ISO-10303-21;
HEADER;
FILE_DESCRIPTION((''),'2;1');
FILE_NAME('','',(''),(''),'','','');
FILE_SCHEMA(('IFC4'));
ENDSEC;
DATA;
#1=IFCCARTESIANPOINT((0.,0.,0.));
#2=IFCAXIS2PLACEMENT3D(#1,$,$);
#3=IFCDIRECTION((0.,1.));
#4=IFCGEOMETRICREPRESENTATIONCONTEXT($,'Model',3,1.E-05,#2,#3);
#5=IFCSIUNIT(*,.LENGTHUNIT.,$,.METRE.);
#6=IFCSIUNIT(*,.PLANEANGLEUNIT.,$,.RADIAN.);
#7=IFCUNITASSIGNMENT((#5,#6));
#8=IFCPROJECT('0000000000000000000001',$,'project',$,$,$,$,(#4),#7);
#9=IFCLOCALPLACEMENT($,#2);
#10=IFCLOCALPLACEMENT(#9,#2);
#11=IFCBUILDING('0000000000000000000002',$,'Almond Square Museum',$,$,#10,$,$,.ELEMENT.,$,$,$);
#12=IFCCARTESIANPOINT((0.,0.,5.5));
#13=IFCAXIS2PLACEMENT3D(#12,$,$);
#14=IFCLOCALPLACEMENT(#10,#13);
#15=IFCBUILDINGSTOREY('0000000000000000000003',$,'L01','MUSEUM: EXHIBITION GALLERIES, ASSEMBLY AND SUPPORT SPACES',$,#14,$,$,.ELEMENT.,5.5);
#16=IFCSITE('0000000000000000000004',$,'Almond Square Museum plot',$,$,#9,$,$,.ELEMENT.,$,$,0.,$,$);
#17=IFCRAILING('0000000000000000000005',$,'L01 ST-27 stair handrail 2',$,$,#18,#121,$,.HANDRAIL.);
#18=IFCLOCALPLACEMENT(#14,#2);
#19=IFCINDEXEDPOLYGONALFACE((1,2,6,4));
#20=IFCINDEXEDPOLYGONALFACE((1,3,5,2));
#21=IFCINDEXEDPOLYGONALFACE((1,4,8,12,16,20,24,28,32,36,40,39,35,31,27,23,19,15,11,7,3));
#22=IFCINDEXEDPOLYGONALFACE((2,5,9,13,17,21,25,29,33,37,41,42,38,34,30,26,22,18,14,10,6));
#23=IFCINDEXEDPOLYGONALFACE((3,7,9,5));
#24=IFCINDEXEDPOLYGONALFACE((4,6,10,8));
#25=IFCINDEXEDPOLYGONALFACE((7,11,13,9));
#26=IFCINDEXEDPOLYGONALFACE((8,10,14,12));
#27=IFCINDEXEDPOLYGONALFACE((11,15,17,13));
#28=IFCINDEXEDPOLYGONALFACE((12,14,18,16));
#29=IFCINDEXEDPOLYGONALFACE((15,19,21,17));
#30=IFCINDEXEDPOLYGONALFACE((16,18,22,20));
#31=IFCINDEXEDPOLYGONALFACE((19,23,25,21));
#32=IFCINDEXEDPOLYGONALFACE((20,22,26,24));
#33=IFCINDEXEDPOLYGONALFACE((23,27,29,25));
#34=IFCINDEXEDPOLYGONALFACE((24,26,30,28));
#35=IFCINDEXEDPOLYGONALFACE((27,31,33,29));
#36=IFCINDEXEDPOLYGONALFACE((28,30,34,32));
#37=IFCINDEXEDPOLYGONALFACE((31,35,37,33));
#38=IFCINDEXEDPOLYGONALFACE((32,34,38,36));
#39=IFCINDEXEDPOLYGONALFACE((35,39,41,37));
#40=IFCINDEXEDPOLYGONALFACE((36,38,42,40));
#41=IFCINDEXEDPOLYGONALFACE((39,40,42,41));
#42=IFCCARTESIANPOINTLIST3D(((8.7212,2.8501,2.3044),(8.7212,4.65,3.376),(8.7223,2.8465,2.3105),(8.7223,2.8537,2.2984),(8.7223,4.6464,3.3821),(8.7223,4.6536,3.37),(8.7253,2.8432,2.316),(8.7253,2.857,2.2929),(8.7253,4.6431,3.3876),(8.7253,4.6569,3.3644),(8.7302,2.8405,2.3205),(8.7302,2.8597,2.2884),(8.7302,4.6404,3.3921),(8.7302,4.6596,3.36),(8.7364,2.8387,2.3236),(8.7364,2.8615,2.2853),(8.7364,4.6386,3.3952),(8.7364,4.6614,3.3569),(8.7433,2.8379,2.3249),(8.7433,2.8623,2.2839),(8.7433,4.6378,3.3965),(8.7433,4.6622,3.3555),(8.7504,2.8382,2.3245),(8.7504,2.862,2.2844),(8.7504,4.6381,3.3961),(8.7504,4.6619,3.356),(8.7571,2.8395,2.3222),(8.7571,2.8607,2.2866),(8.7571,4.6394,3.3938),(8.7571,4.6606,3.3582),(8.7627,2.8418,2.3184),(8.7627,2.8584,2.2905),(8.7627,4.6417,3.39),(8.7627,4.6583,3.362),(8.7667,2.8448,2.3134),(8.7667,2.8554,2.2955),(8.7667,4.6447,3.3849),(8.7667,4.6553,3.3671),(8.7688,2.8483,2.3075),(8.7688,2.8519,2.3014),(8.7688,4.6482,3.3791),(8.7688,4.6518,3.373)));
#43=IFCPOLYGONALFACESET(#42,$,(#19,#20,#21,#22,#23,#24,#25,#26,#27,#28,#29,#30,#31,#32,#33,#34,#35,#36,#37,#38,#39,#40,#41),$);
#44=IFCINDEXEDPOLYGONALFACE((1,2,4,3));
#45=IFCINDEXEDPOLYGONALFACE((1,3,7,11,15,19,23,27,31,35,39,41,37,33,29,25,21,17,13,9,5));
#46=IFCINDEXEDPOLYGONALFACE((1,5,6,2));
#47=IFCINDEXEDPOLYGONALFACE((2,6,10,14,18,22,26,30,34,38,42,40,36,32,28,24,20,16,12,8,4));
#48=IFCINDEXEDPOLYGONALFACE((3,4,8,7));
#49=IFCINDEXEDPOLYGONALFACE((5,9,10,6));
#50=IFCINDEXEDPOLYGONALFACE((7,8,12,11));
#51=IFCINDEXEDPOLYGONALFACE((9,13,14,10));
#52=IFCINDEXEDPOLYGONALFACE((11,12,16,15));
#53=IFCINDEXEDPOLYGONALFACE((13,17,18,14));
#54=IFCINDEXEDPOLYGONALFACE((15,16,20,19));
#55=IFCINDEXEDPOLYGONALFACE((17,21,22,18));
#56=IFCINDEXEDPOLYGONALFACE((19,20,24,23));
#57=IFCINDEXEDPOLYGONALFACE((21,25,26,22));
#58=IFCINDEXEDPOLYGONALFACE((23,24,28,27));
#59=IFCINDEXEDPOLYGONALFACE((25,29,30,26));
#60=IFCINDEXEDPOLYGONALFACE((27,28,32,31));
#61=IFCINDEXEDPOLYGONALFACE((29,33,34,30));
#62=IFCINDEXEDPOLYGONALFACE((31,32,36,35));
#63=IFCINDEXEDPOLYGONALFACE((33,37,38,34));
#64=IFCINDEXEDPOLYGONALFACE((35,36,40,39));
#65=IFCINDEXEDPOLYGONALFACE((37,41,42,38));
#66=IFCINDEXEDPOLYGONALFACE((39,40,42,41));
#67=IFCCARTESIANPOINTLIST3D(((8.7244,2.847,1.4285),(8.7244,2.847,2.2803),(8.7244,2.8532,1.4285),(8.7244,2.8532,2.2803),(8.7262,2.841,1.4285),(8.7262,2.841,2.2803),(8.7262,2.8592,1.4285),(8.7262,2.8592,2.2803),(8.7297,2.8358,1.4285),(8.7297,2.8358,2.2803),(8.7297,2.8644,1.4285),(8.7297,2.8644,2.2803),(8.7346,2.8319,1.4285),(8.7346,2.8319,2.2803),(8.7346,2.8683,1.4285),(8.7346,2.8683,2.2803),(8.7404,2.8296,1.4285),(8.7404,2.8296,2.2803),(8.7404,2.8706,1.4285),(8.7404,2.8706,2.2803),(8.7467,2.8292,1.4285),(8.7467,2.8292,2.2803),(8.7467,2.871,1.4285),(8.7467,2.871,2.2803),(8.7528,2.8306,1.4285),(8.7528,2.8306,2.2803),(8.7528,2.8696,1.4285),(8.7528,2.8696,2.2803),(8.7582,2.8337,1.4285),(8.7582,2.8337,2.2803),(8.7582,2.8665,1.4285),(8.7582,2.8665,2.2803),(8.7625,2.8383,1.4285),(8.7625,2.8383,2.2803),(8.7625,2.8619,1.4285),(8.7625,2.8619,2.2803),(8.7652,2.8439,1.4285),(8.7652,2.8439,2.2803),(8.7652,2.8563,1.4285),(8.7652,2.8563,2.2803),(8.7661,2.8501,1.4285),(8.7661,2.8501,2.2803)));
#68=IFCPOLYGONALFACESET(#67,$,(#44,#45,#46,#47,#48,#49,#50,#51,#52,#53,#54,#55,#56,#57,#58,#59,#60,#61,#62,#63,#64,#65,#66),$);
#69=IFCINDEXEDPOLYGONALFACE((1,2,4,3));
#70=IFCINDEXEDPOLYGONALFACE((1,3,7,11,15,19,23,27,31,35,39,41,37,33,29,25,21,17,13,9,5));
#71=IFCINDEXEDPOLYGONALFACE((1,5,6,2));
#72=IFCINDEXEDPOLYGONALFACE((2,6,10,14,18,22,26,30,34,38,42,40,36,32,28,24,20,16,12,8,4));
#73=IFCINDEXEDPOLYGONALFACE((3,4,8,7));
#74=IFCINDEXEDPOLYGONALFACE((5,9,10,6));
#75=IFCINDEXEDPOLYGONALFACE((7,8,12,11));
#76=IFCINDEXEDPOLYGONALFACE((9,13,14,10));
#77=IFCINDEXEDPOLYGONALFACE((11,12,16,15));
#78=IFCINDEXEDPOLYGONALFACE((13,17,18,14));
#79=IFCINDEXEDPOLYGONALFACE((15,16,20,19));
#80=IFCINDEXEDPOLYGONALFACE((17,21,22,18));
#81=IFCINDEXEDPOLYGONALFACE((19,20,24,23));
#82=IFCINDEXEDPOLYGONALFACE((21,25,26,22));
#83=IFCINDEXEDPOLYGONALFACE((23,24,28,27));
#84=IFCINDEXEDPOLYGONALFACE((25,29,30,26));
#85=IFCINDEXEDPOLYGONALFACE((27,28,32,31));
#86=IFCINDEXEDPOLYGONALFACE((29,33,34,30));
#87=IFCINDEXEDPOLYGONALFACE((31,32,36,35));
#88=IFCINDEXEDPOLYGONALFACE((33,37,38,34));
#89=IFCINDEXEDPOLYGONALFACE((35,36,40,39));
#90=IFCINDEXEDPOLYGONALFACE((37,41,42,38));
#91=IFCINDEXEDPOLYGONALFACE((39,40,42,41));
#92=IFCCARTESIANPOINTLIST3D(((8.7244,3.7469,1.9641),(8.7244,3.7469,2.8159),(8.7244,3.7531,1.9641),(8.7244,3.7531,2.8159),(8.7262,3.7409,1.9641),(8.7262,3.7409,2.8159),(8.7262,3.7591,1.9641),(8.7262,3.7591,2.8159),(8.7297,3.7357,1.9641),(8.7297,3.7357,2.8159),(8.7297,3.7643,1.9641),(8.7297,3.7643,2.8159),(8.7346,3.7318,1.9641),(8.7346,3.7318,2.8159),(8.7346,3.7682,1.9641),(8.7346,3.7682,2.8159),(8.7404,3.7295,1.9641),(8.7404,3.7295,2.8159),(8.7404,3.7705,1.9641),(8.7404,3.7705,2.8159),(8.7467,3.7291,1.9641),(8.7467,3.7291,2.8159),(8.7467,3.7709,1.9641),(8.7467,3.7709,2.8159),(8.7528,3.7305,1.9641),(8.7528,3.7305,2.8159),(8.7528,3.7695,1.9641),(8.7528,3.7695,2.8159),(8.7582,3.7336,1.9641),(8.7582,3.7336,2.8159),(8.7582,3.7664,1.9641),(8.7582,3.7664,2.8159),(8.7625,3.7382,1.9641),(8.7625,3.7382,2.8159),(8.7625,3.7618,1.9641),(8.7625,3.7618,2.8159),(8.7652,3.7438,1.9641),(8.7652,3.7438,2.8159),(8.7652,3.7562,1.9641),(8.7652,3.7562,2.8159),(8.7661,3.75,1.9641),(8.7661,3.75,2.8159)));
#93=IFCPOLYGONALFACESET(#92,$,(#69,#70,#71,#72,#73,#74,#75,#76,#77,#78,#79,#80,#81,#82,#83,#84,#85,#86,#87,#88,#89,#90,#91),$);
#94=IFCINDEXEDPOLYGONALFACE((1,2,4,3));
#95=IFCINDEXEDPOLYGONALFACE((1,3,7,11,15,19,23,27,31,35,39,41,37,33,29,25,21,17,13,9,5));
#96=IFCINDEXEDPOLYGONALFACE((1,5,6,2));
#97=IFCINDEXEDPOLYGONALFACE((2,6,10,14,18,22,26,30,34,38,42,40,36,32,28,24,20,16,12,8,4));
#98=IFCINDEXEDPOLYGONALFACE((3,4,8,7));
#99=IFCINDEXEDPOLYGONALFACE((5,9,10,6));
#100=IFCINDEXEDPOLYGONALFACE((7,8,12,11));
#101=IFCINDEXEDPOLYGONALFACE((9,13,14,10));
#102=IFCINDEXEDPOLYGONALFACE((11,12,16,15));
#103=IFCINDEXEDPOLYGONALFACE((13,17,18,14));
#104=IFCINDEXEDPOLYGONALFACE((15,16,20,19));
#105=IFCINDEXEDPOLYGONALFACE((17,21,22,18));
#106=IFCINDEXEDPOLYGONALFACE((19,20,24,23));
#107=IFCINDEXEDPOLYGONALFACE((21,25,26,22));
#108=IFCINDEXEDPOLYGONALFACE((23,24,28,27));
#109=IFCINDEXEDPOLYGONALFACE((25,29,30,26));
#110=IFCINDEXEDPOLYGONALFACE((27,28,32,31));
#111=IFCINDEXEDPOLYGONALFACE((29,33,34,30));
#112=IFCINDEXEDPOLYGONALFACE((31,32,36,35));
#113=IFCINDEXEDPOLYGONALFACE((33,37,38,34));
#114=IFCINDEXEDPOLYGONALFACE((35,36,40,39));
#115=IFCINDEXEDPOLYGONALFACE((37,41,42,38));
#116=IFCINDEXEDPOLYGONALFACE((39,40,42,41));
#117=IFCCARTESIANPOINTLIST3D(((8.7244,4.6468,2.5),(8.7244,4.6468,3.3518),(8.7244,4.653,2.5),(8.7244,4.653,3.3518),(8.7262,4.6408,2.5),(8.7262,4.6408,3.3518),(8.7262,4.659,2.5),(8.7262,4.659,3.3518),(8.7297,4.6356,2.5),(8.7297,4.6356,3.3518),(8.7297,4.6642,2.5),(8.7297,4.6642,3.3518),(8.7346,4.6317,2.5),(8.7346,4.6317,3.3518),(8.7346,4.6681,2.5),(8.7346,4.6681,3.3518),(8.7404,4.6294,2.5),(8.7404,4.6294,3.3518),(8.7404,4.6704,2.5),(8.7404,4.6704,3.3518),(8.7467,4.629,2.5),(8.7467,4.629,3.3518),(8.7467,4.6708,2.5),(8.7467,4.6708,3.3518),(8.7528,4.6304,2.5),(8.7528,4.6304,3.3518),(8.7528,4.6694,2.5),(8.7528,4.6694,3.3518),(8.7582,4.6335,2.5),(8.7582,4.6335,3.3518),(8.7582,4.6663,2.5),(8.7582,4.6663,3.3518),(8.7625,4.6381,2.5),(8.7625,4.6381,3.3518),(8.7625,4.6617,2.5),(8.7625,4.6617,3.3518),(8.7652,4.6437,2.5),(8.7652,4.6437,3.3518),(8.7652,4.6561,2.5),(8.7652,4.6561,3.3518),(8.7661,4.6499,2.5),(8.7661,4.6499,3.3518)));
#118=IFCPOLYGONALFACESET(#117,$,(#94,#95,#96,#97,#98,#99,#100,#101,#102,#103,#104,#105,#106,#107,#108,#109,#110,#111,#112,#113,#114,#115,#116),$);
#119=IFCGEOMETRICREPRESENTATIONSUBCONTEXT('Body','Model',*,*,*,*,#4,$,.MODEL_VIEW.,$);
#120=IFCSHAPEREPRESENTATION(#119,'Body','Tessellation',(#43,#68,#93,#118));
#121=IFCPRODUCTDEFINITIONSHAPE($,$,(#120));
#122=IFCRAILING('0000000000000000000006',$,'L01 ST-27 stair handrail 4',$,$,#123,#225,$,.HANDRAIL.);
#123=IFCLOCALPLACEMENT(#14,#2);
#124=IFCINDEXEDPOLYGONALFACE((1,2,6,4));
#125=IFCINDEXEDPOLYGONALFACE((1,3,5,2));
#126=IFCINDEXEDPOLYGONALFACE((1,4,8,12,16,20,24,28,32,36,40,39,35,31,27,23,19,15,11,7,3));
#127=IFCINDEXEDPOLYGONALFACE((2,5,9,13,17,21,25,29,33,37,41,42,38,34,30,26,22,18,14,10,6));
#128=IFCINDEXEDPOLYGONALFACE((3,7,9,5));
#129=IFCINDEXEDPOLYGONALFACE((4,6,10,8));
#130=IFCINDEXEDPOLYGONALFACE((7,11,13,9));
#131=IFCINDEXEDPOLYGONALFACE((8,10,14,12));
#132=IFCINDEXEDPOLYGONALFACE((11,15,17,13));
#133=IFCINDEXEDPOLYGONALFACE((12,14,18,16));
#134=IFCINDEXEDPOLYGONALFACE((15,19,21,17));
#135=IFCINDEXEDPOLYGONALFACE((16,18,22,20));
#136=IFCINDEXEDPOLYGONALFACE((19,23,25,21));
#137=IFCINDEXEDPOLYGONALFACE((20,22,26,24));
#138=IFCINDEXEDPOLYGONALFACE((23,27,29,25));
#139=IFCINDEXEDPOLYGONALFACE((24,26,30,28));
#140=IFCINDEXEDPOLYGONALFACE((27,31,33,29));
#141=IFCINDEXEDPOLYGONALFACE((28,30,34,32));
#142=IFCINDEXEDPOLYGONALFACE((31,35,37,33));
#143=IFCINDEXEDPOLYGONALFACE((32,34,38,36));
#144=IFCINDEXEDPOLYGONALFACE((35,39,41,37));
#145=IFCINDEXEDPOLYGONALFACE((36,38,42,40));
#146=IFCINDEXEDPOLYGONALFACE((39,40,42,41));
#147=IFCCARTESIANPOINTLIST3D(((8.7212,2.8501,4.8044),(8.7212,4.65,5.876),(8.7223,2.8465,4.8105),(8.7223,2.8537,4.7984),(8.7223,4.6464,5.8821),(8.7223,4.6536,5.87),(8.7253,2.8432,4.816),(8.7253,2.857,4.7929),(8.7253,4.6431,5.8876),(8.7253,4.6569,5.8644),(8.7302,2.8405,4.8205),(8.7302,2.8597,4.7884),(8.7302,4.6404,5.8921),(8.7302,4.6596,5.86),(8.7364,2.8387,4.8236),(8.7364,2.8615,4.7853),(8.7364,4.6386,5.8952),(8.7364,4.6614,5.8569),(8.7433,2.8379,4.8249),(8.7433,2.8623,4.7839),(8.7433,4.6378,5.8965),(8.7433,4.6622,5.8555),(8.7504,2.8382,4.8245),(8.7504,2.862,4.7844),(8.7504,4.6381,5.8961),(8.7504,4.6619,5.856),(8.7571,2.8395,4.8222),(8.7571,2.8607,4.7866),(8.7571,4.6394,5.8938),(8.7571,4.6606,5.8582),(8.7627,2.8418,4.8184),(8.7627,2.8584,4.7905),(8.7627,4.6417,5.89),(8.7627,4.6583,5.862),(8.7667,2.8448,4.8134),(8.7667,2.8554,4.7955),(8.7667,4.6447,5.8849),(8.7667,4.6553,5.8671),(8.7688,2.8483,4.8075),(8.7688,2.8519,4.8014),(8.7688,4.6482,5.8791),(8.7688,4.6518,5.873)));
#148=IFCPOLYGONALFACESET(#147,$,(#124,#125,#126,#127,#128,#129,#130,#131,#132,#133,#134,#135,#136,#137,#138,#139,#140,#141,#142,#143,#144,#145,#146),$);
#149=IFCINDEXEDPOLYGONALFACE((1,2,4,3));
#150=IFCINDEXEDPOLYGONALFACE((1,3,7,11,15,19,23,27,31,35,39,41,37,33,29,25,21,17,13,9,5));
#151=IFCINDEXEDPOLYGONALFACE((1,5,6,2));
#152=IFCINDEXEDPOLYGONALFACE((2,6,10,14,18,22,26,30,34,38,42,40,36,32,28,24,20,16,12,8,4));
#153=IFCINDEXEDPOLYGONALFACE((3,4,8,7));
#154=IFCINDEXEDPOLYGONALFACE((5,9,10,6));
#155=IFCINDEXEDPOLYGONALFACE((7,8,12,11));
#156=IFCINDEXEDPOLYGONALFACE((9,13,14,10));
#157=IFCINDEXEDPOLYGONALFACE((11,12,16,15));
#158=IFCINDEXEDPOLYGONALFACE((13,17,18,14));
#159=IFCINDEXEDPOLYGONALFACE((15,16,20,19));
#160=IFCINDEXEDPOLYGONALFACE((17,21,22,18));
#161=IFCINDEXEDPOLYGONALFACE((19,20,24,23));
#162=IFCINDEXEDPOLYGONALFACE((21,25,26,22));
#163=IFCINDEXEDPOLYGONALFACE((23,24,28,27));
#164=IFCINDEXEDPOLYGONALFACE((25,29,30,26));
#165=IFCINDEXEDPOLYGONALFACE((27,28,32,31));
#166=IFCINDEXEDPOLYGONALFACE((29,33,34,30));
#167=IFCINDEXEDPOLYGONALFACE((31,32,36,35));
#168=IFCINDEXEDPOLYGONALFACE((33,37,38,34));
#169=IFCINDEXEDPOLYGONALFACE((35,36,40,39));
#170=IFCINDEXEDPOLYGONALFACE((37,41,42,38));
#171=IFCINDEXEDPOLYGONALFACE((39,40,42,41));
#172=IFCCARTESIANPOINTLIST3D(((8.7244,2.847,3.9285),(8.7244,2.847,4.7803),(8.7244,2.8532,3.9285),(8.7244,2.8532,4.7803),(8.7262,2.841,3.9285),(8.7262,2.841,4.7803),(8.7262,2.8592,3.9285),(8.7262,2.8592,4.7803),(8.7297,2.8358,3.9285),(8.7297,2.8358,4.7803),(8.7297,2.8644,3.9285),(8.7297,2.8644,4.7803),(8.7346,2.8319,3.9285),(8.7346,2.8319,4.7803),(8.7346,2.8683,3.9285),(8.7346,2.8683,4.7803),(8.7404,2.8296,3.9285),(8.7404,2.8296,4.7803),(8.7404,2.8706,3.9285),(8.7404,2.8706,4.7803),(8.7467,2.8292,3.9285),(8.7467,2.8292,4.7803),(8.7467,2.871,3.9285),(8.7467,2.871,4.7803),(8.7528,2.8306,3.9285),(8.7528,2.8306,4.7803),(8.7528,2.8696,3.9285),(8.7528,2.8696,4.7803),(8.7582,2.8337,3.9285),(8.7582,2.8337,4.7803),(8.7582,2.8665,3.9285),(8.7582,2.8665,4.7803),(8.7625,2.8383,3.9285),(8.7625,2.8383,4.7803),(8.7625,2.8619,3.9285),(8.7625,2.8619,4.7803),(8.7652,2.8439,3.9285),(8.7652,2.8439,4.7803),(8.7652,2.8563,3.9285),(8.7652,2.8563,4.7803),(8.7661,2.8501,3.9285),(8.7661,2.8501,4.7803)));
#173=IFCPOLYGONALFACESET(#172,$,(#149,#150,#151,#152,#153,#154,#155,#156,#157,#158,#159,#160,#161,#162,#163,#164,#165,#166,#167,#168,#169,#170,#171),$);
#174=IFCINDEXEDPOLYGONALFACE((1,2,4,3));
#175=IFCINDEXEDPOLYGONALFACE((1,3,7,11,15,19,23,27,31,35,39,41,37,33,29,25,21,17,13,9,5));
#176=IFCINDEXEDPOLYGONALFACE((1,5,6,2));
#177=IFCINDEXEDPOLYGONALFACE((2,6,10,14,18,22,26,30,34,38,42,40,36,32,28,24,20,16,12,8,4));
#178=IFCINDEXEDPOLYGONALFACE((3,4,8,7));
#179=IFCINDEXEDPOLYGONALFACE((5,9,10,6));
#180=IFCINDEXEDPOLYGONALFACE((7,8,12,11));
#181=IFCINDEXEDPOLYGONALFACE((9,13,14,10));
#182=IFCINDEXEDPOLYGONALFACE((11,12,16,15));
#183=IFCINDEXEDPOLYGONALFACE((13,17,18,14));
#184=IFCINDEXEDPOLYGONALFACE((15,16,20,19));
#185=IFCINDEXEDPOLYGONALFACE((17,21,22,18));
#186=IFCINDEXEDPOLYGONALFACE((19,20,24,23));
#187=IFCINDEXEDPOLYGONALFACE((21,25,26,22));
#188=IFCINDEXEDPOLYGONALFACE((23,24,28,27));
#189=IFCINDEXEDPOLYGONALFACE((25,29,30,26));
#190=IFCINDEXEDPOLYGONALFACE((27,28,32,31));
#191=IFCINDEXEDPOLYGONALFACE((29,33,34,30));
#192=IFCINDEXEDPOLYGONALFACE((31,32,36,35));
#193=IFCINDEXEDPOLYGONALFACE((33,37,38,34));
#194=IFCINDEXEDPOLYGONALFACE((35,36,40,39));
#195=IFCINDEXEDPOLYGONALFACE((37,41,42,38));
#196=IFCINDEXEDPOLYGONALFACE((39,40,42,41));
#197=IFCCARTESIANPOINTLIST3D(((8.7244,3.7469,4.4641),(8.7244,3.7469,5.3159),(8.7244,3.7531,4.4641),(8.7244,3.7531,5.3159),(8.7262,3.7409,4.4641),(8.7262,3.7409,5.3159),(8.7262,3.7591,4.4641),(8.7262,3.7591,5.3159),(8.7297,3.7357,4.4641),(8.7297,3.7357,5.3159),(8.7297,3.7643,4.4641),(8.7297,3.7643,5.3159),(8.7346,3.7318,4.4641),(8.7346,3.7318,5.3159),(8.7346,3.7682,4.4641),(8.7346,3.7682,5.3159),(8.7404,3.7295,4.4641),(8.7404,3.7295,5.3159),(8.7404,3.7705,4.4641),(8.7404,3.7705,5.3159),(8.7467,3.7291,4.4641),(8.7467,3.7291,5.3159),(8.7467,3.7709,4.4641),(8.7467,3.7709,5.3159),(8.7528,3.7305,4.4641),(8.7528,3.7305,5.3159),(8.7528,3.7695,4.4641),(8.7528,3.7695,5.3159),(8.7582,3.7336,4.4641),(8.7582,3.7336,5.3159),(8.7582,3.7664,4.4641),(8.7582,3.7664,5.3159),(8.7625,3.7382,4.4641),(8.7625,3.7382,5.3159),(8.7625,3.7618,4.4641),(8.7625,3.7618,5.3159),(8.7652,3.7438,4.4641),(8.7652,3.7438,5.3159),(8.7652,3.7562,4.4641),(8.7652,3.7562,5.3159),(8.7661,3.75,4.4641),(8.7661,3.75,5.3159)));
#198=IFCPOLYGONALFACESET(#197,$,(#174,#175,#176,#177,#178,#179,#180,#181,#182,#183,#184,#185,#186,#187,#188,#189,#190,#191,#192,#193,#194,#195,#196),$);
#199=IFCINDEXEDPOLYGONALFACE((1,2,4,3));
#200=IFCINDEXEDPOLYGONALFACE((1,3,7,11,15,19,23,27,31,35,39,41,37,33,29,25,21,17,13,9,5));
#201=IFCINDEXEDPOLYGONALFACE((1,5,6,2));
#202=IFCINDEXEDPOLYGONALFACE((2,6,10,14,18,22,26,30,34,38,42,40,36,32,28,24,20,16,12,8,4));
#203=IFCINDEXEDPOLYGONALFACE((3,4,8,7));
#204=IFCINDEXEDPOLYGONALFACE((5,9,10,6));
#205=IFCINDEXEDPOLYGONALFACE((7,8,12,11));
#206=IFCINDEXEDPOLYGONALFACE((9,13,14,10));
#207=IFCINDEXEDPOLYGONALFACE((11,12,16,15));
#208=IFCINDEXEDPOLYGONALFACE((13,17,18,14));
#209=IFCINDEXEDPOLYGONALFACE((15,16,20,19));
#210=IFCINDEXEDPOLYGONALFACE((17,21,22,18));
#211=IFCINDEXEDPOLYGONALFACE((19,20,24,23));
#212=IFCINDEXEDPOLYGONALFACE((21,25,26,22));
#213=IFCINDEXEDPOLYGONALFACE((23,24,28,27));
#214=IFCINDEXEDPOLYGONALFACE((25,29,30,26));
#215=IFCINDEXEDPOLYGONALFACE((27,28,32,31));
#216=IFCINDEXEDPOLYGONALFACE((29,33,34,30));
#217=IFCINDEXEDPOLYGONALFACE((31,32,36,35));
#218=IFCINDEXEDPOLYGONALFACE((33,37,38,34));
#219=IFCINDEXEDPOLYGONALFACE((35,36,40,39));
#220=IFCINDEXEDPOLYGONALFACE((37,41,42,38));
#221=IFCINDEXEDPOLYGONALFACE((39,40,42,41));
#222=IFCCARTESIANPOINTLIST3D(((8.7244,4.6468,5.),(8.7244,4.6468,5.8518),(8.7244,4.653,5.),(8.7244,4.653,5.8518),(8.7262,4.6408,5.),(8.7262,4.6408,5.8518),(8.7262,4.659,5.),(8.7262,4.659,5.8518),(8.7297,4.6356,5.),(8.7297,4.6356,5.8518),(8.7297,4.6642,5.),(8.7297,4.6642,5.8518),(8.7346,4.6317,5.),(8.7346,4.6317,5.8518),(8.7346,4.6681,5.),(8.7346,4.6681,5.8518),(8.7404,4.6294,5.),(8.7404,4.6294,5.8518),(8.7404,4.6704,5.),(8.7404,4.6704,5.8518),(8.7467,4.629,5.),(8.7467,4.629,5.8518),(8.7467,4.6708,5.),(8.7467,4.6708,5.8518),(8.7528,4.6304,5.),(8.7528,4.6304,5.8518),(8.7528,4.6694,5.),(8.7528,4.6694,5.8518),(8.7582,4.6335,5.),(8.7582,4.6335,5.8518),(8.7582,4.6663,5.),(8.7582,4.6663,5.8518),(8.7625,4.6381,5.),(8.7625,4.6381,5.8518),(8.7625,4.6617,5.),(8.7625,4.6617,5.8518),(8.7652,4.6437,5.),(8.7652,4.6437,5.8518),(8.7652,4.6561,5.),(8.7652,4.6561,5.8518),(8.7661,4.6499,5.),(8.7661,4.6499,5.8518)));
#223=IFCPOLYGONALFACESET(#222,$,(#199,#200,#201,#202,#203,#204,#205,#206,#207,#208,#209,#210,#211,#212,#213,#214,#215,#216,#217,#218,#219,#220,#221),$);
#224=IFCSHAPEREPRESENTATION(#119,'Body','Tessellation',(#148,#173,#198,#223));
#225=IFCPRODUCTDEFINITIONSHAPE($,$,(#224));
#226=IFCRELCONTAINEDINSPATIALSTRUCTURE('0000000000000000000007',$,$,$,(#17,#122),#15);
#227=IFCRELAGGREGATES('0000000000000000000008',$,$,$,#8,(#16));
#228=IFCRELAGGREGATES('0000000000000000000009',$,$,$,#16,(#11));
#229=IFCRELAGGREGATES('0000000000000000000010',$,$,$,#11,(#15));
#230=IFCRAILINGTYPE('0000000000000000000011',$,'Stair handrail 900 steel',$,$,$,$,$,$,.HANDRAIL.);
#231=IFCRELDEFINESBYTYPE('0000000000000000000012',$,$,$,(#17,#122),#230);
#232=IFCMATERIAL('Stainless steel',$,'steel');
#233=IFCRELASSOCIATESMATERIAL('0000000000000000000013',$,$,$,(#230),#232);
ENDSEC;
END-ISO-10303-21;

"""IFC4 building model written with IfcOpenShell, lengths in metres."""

from ifc_helpers import new_model, si_unit, direction, frame, origin, origin_2d, place, context, subcontext, project, spatial, circle, extrude, material, type_object, element, save


model = new_model("IFC4")

# Units and contexts
model_context = context("Model", 3, precision=1e-05, world=origin(), true_north=direction((0.0, 1.0)))
body_context = subcontext(model_context, "Body", "Model", "MODEL_VIEW")
ifc_project = project(units=[si_unit("LENGTHUNIT", "METRE"), si_unit("PLANEANGLEUNIT", "RADIAN")], contexts=[model_context])

# Site, building, storey
site_placement = place(None, origin())
site = spatial("IfcSite", under=ifc_project, at=site_placement, Name="Almond Square Museum plot", CompositionType="ELEMENT", RefElevation=0.0)
building_placement = place(site_placement, origin())
building = spatial("IfcBuilding", under=site, at=building_placement, Name="Almond Square Museum", CompositionType="ELEMENT")
storey_placement = place(building_placement, frame((0.0, 0.0, 5.5)))
storey = spatial("IfcBuildingStorey", under=building, at=storey_placement, Name="L01", Description="MUSEUM: EXHIBITION GALLERIES, ASSEMBLY AND SUPPORT SPACES", CompositionType="ELEMENT", Elevation=5.5)

# Railings
ifc_material_1 = material(Name="Stainless steel", Category="steel")
railing_type_1 = type_object("IfcRailingType", Name="Stair handrail 900 steel", PredefinedType="HANDRAIL", material=ifc_material_1)
for number, where, name in (
    (1, (8.7451, 2.8501, 1.4285), "L01 ST-27 stair handrail 2"),
    (2, (8.7451, 2.8501, 3.9285), "L01 ST-27 stair handrail 4"),
):
    element("IfcRailing", number, at=place(storey_placement, frame(where)), inside=storey, type_object=railing_type_1, Name=name, PredefinedType="HANDRAIL", context=body_context, shape_type="SweptSolid", body=[
        extrude(circle(Radius=0.0239, at=origin_2d()), frame((0.0, 0.0, 0.876), z_axis=(0.0, 0.859247, 0.511562), x_axis=(-1.0, 0.0, 0.0)), (0.0, 0.0, 1.0), 2.0947),
        extrude(circle(Radius=0.021, at=origin_2d()), origin(), (0.0, 0.0, 1.0), 0.8518),
        extrude(circle(Radius=0.021, at=origin_2d()), frame((0.0, 0.8999, 0.5356)), (0.0, 0.0, 1.0), 0.8518),
        extrude(circle(Radius=0.021, at=origin_2d()), frame((0.0, 1.7998, 1.0715)), (0.0, 0.0, 1.0), 0.8518),
    ])

save(model, "model.ifc")
